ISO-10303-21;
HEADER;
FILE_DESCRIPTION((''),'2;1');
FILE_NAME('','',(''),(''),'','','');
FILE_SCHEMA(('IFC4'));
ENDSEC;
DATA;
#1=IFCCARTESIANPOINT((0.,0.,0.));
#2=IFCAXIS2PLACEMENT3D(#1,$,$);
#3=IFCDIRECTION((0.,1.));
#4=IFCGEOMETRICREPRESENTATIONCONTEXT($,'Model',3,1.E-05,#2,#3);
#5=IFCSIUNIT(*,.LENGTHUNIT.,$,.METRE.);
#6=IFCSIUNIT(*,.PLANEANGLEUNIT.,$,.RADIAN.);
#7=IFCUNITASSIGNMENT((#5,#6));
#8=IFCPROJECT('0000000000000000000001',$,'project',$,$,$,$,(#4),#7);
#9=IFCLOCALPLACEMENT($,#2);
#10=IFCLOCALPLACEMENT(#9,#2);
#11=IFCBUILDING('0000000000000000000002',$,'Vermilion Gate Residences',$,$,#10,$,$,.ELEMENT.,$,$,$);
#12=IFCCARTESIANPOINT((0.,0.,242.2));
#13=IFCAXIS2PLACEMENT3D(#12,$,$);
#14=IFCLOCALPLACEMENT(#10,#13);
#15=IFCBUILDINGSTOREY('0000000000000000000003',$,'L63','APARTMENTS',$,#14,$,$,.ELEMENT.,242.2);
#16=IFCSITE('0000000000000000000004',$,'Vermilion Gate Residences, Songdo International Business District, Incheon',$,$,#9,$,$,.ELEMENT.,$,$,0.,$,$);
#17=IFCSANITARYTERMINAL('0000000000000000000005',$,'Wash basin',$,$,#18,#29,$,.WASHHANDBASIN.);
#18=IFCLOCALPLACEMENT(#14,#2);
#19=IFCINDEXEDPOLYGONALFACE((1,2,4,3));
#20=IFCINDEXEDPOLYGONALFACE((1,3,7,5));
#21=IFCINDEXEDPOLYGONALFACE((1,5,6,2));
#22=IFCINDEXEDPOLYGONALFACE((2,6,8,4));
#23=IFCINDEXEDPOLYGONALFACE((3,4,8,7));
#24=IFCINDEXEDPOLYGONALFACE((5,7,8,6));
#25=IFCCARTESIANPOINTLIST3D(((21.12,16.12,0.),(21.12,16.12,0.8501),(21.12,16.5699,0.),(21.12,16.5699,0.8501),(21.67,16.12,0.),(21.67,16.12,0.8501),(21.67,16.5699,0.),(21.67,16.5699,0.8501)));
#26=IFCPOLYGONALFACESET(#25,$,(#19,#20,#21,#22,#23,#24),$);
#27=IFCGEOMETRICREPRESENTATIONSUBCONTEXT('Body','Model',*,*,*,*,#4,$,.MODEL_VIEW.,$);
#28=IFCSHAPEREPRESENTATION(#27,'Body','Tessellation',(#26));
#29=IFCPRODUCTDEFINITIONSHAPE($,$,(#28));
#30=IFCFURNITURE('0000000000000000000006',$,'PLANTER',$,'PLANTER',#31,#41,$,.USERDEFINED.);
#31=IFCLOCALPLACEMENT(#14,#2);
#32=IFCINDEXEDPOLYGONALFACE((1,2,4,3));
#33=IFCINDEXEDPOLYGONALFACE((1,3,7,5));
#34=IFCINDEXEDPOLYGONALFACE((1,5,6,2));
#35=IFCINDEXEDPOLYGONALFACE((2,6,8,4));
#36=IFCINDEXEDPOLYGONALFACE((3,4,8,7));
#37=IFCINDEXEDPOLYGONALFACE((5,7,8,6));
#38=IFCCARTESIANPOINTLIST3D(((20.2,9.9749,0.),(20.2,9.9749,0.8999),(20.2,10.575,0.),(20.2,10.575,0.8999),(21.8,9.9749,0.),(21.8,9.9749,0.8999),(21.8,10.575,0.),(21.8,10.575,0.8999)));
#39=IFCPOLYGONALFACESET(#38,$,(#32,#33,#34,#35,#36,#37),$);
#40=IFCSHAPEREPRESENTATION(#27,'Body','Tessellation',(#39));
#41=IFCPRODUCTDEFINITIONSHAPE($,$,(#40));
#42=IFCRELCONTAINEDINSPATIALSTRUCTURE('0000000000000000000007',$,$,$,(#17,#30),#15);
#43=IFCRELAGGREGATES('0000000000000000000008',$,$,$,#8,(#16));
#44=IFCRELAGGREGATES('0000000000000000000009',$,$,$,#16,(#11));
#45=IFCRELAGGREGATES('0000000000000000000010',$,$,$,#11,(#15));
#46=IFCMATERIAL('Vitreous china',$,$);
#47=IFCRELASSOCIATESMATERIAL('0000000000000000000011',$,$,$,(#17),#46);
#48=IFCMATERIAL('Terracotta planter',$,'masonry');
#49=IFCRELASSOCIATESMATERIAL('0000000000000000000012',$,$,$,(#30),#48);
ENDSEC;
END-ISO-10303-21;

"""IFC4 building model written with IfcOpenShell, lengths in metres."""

from ifc_helpers import new_model, si_unit, direction, frame, origin, origin_2d, place, context, subcontext, project, spatial, rectangle, extrude, material, element, save


model = new_model("IFC4")

# Units and contexts
model_context = context("Model", 3, precision=1e-05, world=origin(), true_north=direction((0.0, 1.0)))
body_context = subcontext(model_context, "Body", "Model", "MODEL_VIEW")
ifc_project = project(units=[si_unit("LENGTHUNIT", "METRE"), si_unit("PLANEANGLEUNIT", "RADIAN")], contexts=[model_context])

# Site, building, storey
site_placement = place(None, origin())
site = spatial("IfcSite", under=ifc_project, at=site_placement, Name="Vermilion Gate Residences, Songdo International Business District, Incheon", CompositionType="ELEMENT", RefElevation=0.0)
building_placement = place(site_placement, origin())
building = spatial("IfcBuilding", under=site, at=building_placement, Name="Vermilion Gate Residences", CompositionType="ELEMENT")
storey_placement = place(building_placement, frame((0.0, 0.0, 242.2)))
storey = spatial("IfcBuildingStorey", under=building, at=storey_placement, Name="L63", Description="APARTMENTS", CompositionType="ELEMENT", Elevation=242.2)

# Sanitary terminal
ifc_material_1 = material(Name="Vitreous china")
sanitary_terminal_placement = place(storey_placement, frame((21.395, 16.345, 0.0), z_axis=(0.0, 0.0, 1.0), x_axis=(1.0, 0.0, 0.0)))
element("IfcSanitaryTerminal", 1, at=sanitary_terminal_placement, inside=storey, material=ifc_material_1, Name="Wash basin", PredefinedType="WASHHANDBASIN", context=body_context, shape_type="SweptSolid", body=[
    extrude(rectangle(XDim=0.55, YDim=0.45, at=origin_2d()), origin(), (0.0, 0.0, 1.0), 0.8501),
])

# Furniture
ifc_material_2 = material(Name="Terracotta planter", Category="masonry")
furniture_placement = place(storey_placement, frame((21.0, 10.2749, 0.0), z_axis=(0.0, 0.0, 1.0), x_axis=(1.0, 0.0, 0.0)))
element("IfcFurniture", 2, at=furniture_placement, inside=storey, material=ifc_material_2, Name="PLANTER", ObjectType="PLANTER", PredefinedType="USERDEFINED", context=body_context, shape_type="SweptSolid", body=[
    extrude(rectangle(XDim=1.6001, YDim=0.6001, at=origin_2d()), origin(), (0.0, 0.0, 1.0), 0.8999),
])

save(model, "model.ifc")
